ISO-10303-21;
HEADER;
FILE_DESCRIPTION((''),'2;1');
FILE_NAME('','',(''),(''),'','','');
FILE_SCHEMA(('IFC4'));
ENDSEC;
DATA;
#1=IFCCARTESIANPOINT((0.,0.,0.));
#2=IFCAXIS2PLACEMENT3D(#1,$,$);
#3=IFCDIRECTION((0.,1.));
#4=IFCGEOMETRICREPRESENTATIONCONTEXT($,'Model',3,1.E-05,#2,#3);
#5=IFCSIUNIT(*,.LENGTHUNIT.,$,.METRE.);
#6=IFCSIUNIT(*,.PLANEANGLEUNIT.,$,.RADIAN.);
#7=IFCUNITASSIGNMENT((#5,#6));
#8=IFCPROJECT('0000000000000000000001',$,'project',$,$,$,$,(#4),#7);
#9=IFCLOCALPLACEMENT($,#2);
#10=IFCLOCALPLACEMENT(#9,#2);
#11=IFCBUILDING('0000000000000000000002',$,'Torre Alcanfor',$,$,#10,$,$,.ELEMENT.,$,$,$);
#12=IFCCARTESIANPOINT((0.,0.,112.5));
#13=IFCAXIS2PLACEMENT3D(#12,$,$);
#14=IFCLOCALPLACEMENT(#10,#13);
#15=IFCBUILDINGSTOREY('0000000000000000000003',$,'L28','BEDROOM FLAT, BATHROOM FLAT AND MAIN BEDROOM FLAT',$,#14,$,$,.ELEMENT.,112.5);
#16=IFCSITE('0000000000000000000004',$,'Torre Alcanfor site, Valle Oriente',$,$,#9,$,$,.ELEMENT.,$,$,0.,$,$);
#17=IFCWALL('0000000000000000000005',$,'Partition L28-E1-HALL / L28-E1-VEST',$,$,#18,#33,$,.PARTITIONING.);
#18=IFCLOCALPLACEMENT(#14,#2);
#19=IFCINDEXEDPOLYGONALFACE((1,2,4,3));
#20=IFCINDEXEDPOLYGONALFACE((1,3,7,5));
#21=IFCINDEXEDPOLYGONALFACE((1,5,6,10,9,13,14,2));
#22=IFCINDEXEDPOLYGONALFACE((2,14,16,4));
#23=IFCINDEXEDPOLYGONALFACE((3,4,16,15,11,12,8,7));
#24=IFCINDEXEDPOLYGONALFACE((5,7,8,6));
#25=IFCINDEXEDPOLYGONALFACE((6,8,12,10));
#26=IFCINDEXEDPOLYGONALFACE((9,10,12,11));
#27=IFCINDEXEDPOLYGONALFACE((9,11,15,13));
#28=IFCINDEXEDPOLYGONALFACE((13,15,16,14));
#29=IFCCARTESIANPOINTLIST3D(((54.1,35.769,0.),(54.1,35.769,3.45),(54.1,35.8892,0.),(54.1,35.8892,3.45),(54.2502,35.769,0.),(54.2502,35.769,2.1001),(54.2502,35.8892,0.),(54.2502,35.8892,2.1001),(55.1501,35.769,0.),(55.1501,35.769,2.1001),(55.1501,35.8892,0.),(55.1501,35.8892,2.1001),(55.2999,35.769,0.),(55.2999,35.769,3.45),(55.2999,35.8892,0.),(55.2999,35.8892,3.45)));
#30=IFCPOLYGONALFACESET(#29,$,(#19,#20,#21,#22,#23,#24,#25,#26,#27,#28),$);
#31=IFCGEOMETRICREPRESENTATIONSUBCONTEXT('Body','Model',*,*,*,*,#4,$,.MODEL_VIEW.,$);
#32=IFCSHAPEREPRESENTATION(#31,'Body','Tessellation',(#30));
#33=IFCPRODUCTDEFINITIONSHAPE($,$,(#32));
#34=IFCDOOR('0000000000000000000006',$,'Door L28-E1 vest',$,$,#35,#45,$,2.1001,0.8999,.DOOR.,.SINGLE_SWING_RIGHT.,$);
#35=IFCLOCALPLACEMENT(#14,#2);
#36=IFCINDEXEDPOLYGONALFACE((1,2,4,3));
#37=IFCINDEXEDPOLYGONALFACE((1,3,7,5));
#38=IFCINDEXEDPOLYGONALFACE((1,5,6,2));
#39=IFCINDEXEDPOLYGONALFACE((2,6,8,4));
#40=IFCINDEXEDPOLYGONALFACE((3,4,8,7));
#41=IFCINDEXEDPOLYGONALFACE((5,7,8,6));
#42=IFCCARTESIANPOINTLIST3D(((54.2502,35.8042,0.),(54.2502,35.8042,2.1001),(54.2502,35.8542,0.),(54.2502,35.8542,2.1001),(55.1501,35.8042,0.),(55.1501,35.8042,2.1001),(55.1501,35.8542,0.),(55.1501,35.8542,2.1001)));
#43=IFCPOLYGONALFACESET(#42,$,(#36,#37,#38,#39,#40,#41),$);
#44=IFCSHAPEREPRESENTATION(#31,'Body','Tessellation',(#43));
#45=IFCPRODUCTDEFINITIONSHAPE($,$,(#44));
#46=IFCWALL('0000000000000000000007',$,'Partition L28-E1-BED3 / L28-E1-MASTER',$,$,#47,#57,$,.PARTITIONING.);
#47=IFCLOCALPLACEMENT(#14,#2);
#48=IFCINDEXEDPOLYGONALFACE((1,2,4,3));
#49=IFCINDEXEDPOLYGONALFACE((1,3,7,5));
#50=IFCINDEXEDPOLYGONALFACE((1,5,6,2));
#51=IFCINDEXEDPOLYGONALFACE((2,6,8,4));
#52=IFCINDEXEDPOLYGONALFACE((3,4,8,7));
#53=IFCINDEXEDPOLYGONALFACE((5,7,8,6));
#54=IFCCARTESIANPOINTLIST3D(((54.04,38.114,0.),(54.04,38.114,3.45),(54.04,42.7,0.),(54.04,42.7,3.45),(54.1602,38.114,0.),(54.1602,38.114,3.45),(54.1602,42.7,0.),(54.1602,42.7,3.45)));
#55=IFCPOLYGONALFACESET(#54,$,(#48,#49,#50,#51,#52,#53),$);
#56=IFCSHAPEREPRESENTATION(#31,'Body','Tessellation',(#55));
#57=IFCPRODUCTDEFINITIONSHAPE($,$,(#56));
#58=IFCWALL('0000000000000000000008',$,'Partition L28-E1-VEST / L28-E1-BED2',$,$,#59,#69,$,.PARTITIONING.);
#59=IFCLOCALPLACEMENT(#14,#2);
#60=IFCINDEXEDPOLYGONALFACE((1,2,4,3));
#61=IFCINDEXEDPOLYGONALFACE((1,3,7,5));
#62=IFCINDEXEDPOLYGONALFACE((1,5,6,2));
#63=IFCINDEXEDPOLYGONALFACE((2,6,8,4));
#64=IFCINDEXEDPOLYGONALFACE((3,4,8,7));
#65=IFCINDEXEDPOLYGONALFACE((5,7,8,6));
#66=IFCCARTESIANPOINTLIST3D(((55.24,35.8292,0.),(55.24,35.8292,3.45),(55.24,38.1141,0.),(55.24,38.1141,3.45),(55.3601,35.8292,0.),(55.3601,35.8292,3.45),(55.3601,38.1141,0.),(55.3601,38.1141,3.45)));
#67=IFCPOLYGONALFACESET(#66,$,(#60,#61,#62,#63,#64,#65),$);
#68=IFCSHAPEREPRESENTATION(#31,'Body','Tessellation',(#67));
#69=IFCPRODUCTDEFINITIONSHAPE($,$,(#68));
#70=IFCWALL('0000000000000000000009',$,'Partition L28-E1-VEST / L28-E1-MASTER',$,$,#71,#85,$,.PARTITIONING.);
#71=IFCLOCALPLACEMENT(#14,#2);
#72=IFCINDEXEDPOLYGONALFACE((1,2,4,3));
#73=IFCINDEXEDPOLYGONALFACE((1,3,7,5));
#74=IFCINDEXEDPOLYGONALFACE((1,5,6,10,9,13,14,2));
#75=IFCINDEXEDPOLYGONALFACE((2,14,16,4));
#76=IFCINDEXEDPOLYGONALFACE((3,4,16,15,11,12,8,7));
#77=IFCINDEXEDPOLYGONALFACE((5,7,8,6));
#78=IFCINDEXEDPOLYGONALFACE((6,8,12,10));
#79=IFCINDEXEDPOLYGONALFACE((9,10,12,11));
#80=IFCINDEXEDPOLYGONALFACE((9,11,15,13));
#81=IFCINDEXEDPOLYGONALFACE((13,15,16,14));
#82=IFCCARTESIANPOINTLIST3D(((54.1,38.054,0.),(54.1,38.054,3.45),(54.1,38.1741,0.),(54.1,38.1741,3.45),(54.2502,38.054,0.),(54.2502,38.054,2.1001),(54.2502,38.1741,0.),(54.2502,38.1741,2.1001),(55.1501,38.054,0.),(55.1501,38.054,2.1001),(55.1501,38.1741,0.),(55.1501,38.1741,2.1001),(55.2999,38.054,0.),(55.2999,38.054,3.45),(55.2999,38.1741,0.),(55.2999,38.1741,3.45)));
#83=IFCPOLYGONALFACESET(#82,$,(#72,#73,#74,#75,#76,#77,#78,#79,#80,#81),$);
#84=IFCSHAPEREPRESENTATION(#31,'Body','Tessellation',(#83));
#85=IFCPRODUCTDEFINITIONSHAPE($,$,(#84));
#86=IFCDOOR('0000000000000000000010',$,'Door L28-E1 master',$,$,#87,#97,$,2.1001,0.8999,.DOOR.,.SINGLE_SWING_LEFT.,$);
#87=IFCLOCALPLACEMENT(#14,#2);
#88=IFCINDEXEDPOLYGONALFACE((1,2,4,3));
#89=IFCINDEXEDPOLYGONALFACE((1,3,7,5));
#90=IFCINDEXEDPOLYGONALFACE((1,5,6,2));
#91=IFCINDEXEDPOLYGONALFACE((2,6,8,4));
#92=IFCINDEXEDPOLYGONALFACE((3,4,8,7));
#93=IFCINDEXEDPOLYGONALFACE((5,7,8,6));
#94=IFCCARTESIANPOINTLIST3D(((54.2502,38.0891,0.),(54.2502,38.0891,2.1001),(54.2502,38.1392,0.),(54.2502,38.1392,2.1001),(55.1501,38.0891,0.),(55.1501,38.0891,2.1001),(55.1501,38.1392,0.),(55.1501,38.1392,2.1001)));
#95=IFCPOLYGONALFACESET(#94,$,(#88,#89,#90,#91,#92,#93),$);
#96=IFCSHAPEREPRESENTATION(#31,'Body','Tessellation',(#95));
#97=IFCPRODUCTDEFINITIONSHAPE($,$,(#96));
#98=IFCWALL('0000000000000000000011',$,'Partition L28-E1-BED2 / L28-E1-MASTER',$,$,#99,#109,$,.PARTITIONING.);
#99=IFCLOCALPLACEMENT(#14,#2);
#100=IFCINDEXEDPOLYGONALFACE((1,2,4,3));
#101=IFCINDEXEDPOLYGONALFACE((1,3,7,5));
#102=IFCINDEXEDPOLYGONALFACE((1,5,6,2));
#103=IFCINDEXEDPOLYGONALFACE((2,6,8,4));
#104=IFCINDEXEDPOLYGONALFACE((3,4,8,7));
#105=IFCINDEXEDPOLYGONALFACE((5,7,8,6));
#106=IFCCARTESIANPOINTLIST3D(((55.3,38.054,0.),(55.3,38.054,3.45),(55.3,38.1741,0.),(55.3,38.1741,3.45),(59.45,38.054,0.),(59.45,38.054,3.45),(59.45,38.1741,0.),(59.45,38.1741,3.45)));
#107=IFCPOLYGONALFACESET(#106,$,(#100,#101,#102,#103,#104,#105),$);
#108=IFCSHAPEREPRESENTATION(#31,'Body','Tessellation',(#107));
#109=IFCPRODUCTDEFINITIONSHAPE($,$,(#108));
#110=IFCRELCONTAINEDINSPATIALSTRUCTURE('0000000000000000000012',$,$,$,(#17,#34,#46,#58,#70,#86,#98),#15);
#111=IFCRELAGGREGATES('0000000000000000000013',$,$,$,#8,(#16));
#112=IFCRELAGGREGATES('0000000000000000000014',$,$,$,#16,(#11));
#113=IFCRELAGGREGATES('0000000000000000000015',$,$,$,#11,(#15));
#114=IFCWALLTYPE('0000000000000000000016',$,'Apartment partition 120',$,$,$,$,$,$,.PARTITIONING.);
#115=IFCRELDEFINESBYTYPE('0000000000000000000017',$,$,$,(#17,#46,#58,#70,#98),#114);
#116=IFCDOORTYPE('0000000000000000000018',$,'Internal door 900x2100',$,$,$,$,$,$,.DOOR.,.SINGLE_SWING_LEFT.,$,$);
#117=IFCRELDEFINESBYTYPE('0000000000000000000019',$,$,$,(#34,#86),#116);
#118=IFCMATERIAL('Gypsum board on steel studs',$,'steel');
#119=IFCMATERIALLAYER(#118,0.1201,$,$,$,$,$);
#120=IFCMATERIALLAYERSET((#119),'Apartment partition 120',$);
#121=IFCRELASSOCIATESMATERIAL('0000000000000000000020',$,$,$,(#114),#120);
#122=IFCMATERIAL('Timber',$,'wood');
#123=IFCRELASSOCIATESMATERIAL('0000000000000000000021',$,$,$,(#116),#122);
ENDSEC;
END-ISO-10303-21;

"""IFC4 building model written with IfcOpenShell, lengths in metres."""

from ifc_helpers import new_model, si_unit, direction, frame, frame_2d, origin, place, context, subcontext, project, spatial, rectangle, extrude, material, layer, layer_set, type_object, element, fill, save


model = new_model("IFC4")

# Units and contexts
model_context = context("Model", 3, precision=1e-05, world=origin(), true_north=direction((0.0, 1.0)))
body_context = subcontext(model_context, "Body", "Model", "MODEL_VIEW")
ifc_project = project(units=[si_unit("LENGTHUNIT", "METRE"), si_unit("PLANEANGLEUNIT", "RADIAN")], contexts=[model_context])

# Site, building, storey
site_placement = place(None, origin())
site = spatial("IfcSite", under=ifc_project, at=site_placement, Name="Torre Alcanfor site, Valle Oriente", CompositionType="ELEMENT", RefElevation=0.0)
building_placement = place(site_placement, origin())
building = spatial("IfcBuilding", under=site, at=building_placement, Name="Torre Alcanfor", CompositionType="ELEMENT")
storey_placement = place(building_placement, frame((0.0, 0.0, 112.5)))
storey = spatial("IfcBuildingStorey", under=building, at=storey_placement, Name="L28", Description="BEDROOM FLAT, BATHROOM FLAT AND MAIN BEDROOM FLAT", CompositionType="ELEMENT", Elevation=112.5)

# Wall, opening, door
ifc_material_1 = material(Name="Gypsum board on steel studs", Category="steel")
ifc_layer_1 = layer(ifc_material_1, 0.1201)
ifc_layer_set_1 = layer_set([ifc_layer_1], Name="Apartment partition 120")
wall_type_1 = type_object("IfcWallType", Name="Apartment partition 120", PredefinedType="PARTITIONING", material=ifc_layer_set_1)
wall_1_placement = place(storey_placement, frame((55.3, 35.8291, 0.0), z_axis=(0.0, 0.0, 1.0), x_axis=(-1.0, 0.0, 0.0)))
wall_1 = element("IfcWall", 1, at=wall_1_placement, inside=storey, type_object=wall_type_1, Name="Partition L28-E1-HALL / L28-E1-VEST", PredefinedType="PARTITIONING", context=body_context, shape_type="SweptSolid", body=[
    extrude(rectangle(XDim=1.2, YDim=0.1201, at=frame_2d((0.6001, 0.0))), origin(), (0.0, 0.0, 1.0), 3.45),
])
opening_1_placement = place(wall_1_placement, frame((0.1499, 0.0, 0.0)))
opening_1 = element("IfcOpeningElement", 2, at=opening_1_placement, cuts=wall_1, PredefinedType="OPENING", context=body_context, shape_type="SweptSolid", body=[
    extrude(rectangle(XDim=0.8999, YDim=2.1001, at=frame_2d((0.45, 1.05))), frame((0.0, 0.0701, 0.0), z_axis=(0.0, -1.0, 0.0), x_axis=(1.0, 0.0, 0.0)), (0.0, 0.0, 1.0), 0.1401),
])
ifc_material_2 = material(Name="Timber", Category="wood")
door_type_1 = type_object("IfcDoorType", Name="Internal door 900x2100", OperationType="SINGLE_SWING_LEFT", PredefinedType="DOOR", material=ifc_material_2)
door_1_placement = place(opening_1_placement, frame((0.8999, 0.0, 0.0), z_axis=(0.0, 0.0, 1.0), x_axis=(-1.0, 0.0, 0.0)))
door_1 = element("IfcDoor", 3, at=door_1_placement, inside=storey, type_object=door_type_1, Name="Door L28-E1 vest", OperationType="SINGLE_SWING_RIGHT", OverallHeight=2.1001, OverallWidth=0.8999, PredefinedType="DOOR", context=body_context, shape_type="SweptSolid", body=[
    extrude(rectangle(XDim=0.8999, YDim=2.1001, at=frame_2d((0.45, 1.05))), frame((0.0, 0.0251, 0.0), z_axis=(0.0, -1.0, 0.0), x_axis=(1.0, 0.0, 0.0)), (0.0, 0.0, 1.0), 0.05),
])
fill(opening_1, door_1)

# Walls
wall_2_placement = place(storey_placement, frame((54.1001, 38.114, 0.0), z_axis=(0.0, 0.0, 1.0), x_axis=(0.0, 1.0, 0.0)))
element("IfcWall", 4, at=wall_2_placement, inside=storey, type_object=wall_type_1, Name="Partition L28-E1-BED3 / L28-E1-MASTER", PredefinedType="PARTITIONING", context=body_context, shape_type="SweptSolid", body=[
    extrude(rectangle(XDim=4.5859, YDim=0.1201, at=frame_2d((2.293, 0.0))), origin(), (0.0, 0.0, 1.0), 3.45),
])
wall_3_placement = place(storey_placement, frame((55.3, 35.8291, 0.0), z_axis=(0.0, 0.0, 1.0), x_axis=(0.0, 1.0, 0.0)))
element("IfcWall", 5, at=wall_3_placement, inside=storey, type_object=wall_type_1, Name="Partition L28-E1-VEST / L28-E1-BED2", PredefinedType="PARTITIONING", context=body_context, shape_type="SweptSolid", body=[
    extrude(rectangle(XDim=2.2849, YDim=0.1201, at=frame_2d((1.1426, 0.0))), origin(), (0.0, 0.0, 1.0), 3.45),
])

# Wall, opening, door
wall_4_placement = place(storey_placement, frame((55.3, 38.114, 0.0), z_axis=(0.0, 0.0, 1.0), x_axis=(-1.0, 0.0, 0.0)))
wall_4 = element("IfcWall", 6, at=wall_4_placement, inside=storey, type_object=wall_type_1, Name="Partition L28-E1-VEST / L28-E1-MASTER", PredefinedType="PARTITIONING", context=body_context, shape_type="SweptSolid", body=[
    extrude(rectangle(XDim=1.2, YDim=0.1201, at=frame_2d((0.6001, 0.0))), origin(), (0.0, 0.0, 1.0), 3.45),
])
opening_2_placement = place(wall_4_placement, frame((0.1499, 0.0, 0.0)))
opening_2 = element("IfcOpeningElement", 7, at=opening_2_placement, cuts=wall_4, PredefinedType="OPENING", context=body_context, shape_type="SweptSolid", body=[
    extrude(rectangle(XDim=0.8999, YDim=2.1001, at=frame_2d((0.45, 1.05))), frame((0.0, 0.0701, 0.0), z_axis=(0.0, -1.0, 0.0), x_axis=(1.0, 0.0, 0.0)), (0.0, 0.0, 1.0), 0.1401),
])
door_2_placement = place(opening_2_placement, origin())
door_2 = element("IfcDoor", 8, at=door_2_placement, inside=storey, type_object=door_type_1, Name="Door L28-E1 master", OperationType="SINGLE_SWING_LEFT", OverallHeight=2.1001, OverallWidth=0.8999, PredefinedType="DOOR", context=body_context, shape_type="SweptSolid", body=[
    extrude(rectangle(XDim=0.8999, YDim=2.1001, at=frame_2d((0.45, 1.05))), frame((0.0, 0.0249, 0.0), z_axis=(0.0, -1.0, 0.0), x_axis=(1.0, 0.0, 0.0)), (0.0, 0.0, 1.0), 0.05),
])
fill(opening_2, door_2)

# Wall
wall_5_placement = place(storey_placement, frame((59.45, 38.114, 0.0), z_axis=(0.0, 0.0, 1.0), x_axis=(-1.0, 0.0, 0.0)))
element("IfcWall", 9, at=wall_5_placement, inside=storey, type_object=wall_type_1, Name="Partition L28-E1-BED2 / L28-E1-MASTER", PredefinedType="PARTITIONING", context=body_context, shape_type="SweptSolid", body=[
    extrude(rectangle(XDim=4.1499, YDim=0.1201, at=frame_2d((2.075, 0.0))), origin(), (0.0, 0.0, 1.0), 3.45),
])

save(model, "model.ifc")
